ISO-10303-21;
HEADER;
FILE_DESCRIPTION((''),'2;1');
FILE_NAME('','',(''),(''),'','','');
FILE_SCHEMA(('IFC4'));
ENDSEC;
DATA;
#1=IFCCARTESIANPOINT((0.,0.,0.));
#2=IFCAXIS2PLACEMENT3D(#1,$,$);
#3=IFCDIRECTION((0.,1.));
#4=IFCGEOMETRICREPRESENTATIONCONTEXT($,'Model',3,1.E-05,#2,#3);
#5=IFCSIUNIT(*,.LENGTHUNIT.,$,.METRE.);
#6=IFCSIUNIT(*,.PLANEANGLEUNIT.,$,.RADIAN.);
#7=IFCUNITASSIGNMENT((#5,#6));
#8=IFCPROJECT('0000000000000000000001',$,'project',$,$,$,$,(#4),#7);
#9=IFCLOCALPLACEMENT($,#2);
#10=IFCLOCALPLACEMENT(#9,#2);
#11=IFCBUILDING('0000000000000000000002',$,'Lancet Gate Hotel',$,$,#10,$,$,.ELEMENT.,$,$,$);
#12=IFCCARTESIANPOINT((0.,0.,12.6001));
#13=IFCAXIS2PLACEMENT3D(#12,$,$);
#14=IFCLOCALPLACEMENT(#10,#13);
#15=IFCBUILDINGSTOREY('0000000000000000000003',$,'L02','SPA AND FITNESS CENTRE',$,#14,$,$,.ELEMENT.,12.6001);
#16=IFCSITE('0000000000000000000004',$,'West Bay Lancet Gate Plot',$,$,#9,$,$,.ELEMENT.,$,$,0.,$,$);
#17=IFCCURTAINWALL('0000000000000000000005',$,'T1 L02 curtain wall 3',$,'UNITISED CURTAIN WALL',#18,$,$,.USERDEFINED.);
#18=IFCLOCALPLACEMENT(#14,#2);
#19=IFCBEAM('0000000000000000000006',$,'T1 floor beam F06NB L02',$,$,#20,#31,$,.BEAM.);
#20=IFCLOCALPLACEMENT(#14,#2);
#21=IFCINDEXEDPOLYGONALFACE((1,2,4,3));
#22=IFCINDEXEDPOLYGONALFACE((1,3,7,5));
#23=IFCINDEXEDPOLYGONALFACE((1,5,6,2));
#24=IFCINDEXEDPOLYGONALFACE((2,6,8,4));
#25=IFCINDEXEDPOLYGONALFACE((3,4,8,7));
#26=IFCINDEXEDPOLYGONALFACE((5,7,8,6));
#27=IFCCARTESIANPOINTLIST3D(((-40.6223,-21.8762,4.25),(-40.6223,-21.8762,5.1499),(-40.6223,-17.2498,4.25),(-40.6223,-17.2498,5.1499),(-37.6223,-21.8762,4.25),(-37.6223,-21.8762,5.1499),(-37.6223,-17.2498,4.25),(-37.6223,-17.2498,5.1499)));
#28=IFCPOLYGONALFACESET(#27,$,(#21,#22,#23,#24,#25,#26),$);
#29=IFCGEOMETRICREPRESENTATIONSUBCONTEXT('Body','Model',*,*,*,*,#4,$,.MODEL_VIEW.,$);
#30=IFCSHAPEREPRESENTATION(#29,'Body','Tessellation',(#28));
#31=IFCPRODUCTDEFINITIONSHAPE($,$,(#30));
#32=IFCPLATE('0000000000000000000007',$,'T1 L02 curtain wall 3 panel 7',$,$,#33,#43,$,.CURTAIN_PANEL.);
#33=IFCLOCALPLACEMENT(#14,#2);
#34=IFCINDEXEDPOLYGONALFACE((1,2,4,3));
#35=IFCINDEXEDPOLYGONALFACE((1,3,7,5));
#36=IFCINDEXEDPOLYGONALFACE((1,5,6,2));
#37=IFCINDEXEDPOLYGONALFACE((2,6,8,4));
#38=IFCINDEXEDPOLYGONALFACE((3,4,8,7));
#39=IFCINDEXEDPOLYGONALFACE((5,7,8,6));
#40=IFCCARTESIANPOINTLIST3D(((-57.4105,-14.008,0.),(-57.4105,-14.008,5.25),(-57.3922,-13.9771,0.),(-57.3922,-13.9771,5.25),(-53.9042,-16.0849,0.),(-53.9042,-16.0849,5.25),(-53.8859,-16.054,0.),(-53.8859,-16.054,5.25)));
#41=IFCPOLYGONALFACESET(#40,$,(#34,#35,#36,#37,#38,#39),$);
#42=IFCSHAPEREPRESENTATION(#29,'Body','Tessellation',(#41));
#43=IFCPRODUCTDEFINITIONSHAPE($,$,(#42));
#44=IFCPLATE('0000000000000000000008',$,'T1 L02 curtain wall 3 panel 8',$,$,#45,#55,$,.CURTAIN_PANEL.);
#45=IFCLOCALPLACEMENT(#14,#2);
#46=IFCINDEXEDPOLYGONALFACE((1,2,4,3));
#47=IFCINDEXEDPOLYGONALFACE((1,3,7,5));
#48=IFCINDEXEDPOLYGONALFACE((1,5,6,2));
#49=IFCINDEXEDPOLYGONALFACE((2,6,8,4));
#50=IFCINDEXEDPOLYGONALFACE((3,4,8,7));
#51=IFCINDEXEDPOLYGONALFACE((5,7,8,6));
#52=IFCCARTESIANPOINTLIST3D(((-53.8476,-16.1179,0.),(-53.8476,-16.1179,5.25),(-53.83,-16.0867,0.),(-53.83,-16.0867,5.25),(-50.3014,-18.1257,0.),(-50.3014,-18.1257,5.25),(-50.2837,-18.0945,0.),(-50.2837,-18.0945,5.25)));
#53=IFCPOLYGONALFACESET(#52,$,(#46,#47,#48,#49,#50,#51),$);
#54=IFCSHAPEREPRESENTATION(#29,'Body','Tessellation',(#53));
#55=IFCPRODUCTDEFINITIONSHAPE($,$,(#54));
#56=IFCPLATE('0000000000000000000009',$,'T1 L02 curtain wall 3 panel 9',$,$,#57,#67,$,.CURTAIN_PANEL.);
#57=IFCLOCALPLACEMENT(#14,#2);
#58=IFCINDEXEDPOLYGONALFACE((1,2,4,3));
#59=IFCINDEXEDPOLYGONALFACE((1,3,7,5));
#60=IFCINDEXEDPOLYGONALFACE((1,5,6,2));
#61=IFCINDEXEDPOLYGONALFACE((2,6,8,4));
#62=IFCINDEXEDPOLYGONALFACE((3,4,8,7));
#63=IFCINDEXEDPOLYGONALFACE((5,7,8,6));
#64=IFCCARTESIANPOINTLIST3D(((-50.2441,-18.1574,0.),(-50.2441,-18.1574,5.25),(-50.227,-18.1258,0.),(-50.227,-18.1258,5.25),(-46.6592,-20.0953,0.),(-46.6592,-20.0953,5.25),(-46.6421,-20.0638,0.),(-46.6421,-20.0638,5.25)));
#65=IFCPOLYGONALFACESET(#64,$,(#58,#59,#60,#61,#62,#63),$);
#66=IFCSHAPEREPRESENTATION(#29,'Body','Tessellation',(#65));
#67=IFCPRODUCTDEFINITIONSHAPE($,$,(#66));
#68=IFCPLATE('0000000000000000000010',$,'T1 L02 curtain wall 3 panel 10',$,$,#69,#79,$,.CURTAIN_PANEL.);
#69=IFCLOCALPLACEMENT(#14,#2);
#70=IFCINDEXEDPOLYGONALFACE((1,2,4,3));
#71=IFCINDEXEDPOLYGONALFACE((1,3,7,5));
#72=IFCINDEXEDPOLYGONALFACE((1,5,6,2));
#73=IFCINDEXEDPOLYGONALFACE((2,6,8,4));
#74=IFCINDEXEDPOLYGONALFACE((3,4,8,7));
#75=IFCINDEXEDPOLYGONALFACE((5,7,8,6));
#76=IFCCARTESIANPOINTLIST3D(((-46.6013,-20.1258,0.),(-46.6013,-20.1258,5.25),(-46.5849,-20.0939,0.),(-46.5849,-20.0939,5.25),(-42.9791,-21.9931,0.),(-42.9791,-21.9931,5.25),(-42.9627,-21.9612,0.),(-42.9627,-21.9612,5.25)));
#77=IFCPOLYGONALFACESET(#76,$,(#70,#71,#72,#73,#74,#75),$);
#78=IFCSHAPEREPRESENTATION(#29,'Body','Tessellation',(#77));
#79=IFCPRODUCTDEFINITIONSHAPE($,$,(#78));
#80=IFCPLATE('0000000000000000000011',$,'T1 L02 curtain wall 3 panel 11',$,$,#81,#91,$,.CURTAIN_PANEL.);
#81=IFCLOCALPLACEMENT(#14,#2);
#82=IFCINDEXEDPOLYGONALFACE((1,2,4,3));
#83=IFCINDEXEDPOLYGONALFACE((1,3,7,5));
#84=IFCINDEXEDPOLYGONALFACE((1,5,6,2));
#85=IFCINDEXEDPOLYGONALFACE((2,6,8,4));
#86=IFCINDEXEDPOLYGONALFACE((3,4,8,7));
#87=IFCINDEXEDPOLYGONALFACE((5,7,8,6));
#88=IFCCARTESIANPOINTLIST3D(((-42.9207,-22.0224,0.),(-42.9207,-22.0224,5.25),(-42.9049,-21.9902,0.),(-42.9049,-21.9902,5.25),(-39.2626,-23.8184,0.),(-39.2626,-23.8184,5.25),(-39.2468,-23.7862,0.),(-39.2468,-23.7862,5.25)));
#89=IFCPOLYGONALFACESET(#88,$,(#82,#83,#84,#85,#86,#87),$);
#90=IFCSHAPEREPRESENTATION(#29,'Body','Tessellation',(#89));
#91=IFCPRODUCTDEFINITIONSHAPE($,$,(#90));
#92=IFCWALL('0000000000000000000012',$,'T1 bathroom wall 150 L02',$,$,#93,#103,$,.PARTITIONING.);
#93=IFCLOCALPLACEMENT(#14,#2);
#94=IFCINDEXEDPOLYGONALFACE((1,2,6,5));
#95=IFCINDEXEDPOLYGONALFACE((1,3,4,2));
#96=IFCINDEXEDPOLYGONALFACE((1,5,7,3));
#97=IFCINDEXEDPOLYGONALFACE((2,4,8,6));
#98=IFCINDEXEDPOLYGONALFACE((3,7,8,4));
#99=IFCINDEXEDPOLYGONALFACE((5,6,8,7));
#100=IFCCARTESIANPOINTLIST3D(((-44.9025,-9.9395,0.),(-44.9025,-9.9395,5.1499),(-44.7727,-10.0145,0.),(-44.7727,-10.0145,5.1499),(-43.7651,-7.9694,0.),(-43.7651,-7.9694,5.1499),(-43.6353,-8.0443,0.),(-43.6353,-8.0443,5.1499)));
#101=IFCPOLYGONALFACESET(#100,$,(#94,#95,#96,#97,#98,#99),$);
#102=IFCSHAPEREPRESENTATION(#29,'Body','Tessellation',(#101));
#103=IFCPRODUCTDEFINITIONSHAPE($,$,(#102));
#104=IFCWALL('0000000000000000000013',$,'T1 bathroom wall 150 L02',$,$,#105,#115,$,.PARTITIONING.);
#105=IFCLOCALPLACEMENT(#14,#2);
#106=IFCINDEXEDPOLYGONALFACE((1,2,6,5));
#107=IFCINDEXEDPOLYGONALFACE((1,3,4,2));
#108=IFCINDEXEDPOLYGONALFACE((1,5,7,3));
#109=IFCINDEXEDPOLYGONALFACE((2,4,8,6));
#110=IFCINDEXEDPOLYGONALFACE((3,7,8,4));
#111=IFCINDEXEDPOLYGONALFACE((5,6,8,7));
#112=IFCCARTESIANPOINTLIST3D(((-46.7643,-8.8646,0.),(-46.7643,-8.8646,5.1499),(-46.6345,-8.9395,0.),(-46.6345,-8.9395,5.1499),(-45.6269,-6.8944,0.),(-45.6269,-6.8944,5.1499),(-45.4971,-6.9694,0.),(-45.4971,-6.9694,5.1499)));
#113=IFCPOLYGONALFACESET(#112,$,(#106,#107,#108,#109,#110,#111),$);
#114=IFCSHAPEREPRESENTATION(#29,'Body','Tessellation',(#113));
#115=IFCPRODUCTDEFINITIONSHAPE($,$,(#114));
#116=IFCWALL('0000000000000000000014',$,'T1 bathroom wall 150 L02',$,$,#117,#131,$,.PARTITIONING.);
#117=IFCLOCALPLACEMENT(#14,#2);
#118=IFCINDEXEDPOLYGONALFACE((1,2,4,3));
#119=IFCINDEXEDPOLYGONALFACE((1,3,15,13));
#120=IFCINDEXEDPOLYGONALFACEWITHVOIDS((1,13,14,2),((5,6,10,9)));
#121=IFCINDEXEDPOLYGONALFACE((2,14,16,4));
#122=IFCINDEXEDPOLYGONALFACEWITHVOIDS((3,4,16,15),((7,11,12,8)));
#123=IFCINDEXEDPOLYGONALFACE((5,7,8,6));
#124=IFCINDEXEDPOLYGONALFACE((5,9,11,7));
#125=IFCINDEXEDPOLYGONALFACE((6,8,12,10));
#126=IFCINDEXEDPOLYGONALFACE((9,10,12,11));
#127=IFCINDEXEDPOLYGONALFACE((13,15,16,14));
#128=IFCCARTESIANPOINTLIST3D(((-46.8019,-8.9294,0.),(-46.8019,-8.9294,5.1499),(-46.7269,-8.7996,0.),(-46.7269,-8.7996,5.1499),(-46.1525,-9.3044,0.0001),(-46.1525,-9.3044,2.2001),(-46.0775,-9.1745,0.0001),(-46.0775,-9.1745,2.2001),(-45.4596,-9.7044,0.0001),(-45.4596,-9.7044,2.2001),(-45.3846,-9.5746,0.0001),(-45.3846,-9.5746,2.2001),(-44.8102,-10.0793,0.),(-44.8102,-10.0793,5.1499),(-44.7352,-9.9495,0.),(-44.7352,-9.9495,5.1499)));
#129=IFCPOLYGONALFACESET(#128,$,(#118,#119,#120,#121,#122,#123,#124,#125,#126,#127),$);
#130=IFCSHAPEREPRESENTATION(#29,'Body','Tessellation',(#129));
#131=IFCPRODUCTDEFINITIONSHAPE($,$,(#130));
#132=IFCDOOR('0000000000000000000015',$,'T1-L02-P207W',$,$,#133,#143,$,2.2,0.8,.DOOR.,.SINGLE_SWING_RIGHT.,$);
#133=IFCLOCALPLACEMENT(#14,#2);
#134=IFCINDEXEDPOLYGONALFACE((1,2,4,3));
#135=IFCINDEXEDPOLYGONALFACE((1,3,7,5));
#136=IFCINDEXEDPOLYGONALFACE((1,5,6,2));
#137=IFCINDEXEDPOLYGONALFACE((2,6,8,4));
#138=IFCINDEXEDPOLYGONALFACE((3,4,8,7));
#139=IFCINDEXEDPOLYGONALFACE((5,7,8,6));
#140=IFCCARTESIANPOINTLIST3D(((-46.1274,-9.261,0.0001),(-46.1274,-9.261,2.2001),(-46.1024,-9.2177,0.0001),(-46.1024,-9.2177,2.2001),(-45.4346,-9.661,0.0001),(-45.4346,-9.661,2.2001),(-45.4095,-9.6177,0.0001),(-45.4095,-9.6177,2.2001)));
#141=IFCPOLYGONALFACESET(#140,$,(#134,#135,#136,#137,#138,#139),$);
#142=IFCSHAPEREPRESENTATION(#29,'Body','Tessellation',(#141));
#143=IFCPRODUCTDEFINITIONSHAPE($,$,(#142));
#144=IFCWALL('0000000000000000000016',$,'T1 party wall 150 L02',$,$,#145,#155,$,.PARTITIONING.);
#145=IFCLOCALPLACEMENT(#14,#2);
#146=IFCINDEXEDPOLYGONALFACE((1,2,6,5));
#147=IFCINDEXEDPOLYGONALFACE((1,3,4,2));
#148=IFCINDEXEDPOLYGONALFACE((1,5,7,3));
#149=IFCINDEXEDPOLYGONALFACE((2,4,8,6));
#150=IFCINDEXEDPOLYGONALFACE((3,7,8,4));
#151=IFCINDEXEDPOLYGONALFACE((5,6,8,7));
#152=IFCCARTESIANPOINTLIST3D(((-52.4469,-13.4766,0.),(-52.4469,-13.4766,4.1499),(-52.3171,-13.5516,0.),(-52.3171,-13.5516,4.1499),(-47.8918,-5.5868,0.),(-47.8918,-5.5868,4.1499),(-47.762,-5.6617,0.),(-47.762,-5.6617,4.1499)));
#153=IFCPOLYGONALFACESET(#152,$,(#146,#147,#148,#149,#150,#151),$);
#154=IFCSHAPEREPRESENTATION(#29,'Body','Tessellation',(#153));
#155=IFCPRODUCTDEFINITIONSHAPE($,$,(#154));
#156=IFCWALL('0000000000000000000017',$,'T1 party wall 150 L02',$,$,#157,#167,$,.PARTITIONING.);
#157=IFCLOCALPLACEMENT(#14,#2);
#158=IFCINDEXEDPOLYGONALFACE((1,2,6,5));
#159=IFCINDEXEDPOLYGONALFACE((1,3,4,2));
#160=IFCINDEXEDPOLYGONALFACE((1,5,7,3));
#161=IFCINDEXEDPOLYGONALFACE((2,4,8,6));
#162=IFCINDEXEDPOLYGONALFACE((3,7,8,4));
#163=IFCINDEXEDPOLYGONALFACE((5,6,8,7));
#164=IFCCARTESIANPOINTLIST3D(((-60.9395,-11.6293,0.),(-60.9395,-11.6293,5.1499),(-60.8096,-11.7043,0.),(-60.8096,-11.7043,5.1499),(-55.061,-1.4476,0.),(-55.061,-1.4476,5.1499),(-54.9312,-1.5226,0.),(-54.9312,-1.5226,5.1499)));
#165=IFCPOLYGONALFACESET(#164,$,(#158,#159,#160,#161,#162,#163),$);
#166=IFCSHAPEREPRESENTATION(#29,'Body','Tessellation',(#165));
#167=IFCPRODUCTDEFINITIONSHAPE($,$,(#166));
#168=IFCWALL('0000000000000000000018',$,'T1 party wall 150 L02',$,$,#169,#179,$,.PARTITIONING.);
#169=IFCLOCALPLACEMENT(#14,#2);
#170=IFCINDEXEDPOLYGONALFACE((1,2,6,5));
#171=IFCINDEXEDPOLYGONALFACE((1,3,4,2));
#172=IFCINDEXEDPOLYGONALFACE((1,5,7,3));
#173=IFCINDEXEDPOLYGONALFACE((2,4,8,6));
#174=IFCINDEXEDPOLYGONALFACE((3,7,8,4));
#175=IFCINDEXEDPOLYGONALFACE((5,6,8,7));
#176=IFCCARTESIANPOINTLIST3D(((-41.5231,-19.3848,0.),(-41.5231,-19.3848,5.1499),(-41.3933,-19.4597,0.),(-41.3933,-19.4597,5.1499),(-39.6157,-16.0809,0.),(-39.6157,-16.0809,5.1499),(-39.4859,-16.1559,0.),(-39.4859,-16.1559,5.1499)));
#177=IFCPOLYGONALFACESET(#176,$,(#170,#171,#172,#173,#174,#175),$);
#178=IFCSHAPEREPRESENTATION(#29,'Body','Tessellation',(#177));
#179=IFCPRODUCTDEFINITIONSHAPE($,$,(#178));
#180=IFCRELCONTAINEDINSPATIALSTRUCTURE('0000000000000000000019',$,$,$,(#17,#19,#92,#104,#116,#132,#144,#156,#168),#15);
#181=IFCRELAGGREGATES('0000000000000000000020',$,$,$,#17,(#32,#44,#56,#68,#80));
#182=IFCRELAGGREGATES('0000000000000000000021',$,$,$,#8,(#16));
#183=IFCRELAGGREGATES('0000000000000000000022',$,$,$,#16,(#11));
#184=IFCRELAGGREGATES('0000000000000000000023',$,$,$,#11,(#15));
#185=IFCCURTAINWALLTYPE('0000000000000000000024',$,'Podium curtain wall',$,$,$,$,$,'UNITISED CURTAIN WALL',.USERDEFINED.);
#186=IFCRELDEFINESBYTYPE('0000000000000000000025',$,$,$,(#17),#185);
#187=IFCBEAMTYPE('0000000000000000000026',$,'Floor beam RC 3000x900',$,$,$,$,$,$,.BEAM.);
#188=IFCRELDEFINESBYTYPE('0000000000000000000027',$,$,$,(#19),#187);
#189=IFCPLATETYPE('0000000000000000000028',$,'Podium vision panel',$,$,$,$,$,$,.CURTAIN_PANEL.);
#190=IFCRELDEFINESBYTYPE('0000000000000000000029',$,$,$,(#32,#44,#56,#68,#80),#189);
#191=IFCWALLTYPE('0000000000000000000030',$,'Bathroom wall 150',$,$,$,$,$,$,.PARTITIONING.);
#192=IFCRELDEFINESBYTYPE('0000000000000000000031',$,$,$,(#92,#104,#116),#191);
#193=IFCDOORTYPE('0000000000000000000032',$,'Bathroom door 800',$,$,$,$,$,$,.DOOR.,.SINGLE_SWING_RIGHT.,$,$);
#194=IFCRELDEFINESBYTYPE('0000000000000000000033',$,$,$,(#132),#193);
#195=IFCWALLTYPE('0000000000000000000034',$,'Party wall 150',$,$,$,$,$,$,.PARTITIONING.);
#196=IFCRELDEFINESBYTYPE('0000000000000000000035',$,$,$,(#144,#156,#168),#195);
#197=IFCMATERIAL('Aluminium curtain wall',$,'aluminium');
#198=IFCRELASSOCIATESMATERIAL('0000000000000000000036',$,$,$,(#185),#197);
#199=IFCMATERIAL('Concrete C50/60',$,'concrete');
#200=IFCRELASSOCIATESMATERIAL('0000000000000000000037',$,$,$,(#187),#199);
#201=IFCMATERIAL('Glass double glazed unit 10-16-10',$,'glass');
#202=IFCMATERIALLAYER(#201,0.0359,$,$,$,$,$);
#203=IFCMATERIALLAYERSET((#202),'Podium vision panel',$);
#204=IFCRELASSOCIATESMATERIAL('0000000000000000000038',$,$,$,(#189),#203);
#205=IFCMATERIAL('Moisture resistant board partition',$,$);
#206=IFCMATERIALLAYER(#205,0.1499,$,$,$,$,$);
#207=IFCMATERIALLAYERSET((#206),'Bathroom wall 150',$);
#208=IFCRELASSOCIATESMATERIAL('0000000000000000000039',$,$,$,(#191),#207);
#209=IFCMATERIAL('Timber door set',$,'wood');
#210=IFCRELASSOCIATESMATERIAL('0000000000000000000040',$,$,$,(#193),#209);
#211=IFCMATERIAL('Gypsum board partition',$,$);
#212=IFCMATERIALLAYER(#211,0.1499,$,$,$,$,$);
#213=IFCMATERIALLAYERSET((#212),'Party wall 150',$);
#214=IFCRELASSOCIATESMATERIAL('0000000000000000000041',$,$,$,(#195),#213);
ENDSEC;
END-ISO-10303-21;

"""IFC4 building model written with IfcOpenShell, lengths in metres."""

from ifc_helpers import new_model, si_unit, direction, frame, frame_2d, origin, origin_2d, place, context, subcontext, project, spatial, rectangle, extrude, material, layer, layer_set, material_profile, profile_set, type_object, element, fill, aggregate, save


model = new_model("IFC4")

# Units and contexts
model_context = context("Model", 3, precision=1e-05, world=origin(), true_north=direction((0.0, 1.0)))
body_context = subcontext(model_context, "Body", "Model", "MODEL_VIEW")
ifc_project = project(units=[si_unit("LENGTHUNIT", "METRE"), si_unit("PLANEANGLEUNIT", "RADIAN")], contexts=[model_context])

# Site, building, storey
site_placement = place(None, origin())
site = spatial("IfcSite", under=ifc_project, at=site_placement, Name="West Bay Lancet Gate Plot", CompositionType="ELEMENT", RefElevation=0.0)
building_placement = place(site_placement, origin())
building = spatial("IfcBuilding", under=site, at=building_placement, Name="Lancet Gate Hotel", CompositionType="ELEMENT")
storey_placement = place(building_placement, frame((0.0, 0.0, 12.6001)))
storey = spatial("IfcBuildingStorey", under=building, at=storey_placement, Name="L02", Description="SPA AND FITNESS CENTRE", CompositionType="ELEMENT", Elevation=12.6001)

# Curtain wall
ifc_material_1 = material(Name="Aluminium curtain wall", Category="aluminium")
curtain_wall_type = type_object("IfcCurtainWallType", Name="Podium curtain wall", ElementType="UNITISED CURTAIN WALL", PredefinedType="USERDEFINED", material=ifc_material_1)
curtain_wall_placement = place(storey_placement, origin())
curtain_wall = element("IfcCurtainWall", 1, at=curtain_wall_placement, inside=storey, type_object=curtain_wall_type, Name="T1 L02 curtain wall 3", ObjectType="UNITISED CURTAIN WALL", PredefinedType="USERDEFINED")

# Beam
ifc_material_2 = material(Name="Concrete C50/60", Category="concrete")
ifc_material_profile_1 = material_profile(ifc_material_2, rectangle(XDim=3.0, YDim=0.8999, at=origin_2d()), Name="RC 3000x900")
ifc_profile_set_1 = profile_set([ifc_material_profile_1], Name="Concrete C50/60")
beam_type_1 = type_object("IfcBeamType", Name="Floor beam RC 3000x900", PredefinedType="BEAM", material=ifc_profile_set_1)
beam_1_placement = place(storey_placement, frame((-39.1223, -17.2498, 4.7), z_axis=(0.0, -1.0, 0.0), x_axis=(1.0, 0.0, 0.0)))
element("IfcBeam", 2, at=beam_1_placement, inside=storey, type_object=beam_type_1, Name="T1 floor beam F06NB L02", PredefinedType="BEAM", context=body_context, shape_type="SweptSolid", body=[
    extrude(rectangle(XDim=3.0, YDim=0.8999, at=origin_2d()), origin(), (0.0, 0.0, 1.0), 4.6265),
])

# Plates
ifc_material_3 = material(Name="Glass double glazed unit 10-16-10", Category="glass")
ifc_layer_1 = layer(ifc_material_3, 0.0359)
ifc_layer_set_1 = layer_set([ifc_layer_1], Name="Podium vision panel")
plate_type = type_object("IfcPlateType", Name="Podium vision panel", PredefinedType="CURTAIN_PANEL", material=ifc_layer_set_1)
plate_1_placement = place(storey_placement, frame((-55.6482, -15.031, 0.0), z_axis=(0.0, 0.0, 1.0), x_axis=(0.860382, -0.50965, 0.0)))
plate_1 = element("IfcPlate", 3, at=plate_1_placement, type_object=plate_type, Name="T1 L02 curtain wall 3 panel 7", PredefinedType="CURTAIN_PANEL", context=body_context, shape_type="SweptSolid", body=[
    extrude(rectangle(XDim=4.0752, YDim=0.0359, at=origin_2d()), origin(), (0.0, 0.0, 1.0), 5.25),
])
plate_2_placement = place(storey_placement, frame((-52.0657, -17.1062, 0.0), z_axis=(0.0, 0.0, 1.0), x_axis=(0.870205, -0.49269, 0.0)))
plate_2 = element("IfcPlate", 4, at=plate_2_placement, type_object=plate_type, Name="T1 L02 curtain wall 3 panel 8", PredefinedType="CURTAIN_PANEL", context=body_context, shape_type="SweptSolid", body=[
    extrude(rectangle(XDim=4.0752, YDim=0.0359, at=origin_2d()), origin(), (0.0, 0.0, 1.0), 5.25),
])
plate_3_placement = place(storey_placement, frame((-48.4431, -19.1106, 0.0), z_axis=(0.0, 0.0, 1.0), x_axis=(0.879693, -0.475541, 0.0)))
plate_3 = element("IfcPlate", 5, at=plate_3_placement, type_object=plate_type, Name="T1 L02 curtain wall 3 panel 9", PredefinedType="CURTAIN_PANEL", context=body_context, shape_type="SweptSolid", body=[
    extrude(rectangle(XDim=4.0752, YDim=0.0359, at=origin_2d()), origin(), (0.0, 0.0, 1.0), 5.25),
])
plate_4_placement = place(storey_placement, frame((-44.782, -21.0435, 0.0), z_axis=(0.0, 0.0, 1.0), x_axis=(0.888844, -0.45821, 0.0)))
plate_4 = element("IfcPlate", 6, at=plate_4_placement, type_object=plate_type, Name="T1 L02 curtain wall 3 panel 10", PredefinedType="CURTAIN_PANEL", context=body_context, shape_type="SweptSolid", body=[
    extrude(rectangle(XDim=4.0752, YDim=0.0359, at=origin_2d()), origin(), (0.0, 0.0, 1.0), 5.25),
])
plate_5_placement = place(storey_placement, frame((-41.0837, -22.9043, 0.0), z_axis=(0.0, 0.0, 1.0), x_axis=(0.897653, -0.440702, 0.0)))
plate_5 = element("IfcPlate", 7, at=plate_5_placement, type_object=plate_type, Name="T1 L02 curtain wall 3 panel 11", PredefinedType="CURTAIN_PANEL", context=body_context, shape_type="SweptSolid", body=[
    extrude(rectangle(XDim=4.0752, YDim=0.0359, at=origin_2d()), origin(), (0.0, 0.0, 1.0), 5.25),
])
aggregate(curtain_wall, [plate_1, plate_2, plate_3, plate_4, plate_5])

# Walls
ifc_material_4 = material(Name="Moisture resistant board partition")
ifc_layer_2 = layer(ifc_material_4, 0.1499)
ifc_layer_set_2 = layer_set([ifc_layer_2], Name="Bathroom wall 150")
wall_type_1 = type_object("IfcWallType", Name="Bathroom wall 150", PredefinedType="PARTITIONING", material=ifc_layer_set_2)
for number, where, z_axis, x_axis, name in (
    (8, (-43.7002, -8.0068, 0.0), (0.0, 0.0, 1.0), (-0.499983, -0.866035, 0.0), "T1 bathroom wall 150 L02"),
    (9, (-45.562, -6.9319, 0.0), (0.0, 0.0, 1.0), (-0.499983, -0.866035, 0.0), "T1 bathroom wall 150 L02"),
):
    element("IfcWall", number, at=place(storey_placement, frame(where, z_axis=z_axis, x_axis=x_axis)), inside=storey, type_object=wall_type_1, Name=name, PredefinedType="PARTITIONING", context=body_context, shape_type="SweptSolid", body=[
        extrude(rectangle(XDim=2.2749, YDim=0.1499, at=frame_2d((1.1375, 0.0))), origin(), (0.0, 0.0, 1.0), 5.1499),
    ])

# Wall, opening, door
wall_1_placement = place(storey_placement, frame((-44.7727, -10.0144, 0.0), z_axis=(0.0, 0.0, 1.0), x_axis=(-0.866026, 0.499998, 0.0)))
wall_1 = element("IfcWall", 10, at=wall_1_placement, inside=storey, type_object=wall_type_1, Name="T1 bathroom wall 150 L02", PredefinedType="PARTITIONING", context=body_context, shape_type="SweptSolid", body=[
    extrude(rectangle(XDim=2.2998, YDim=0.1499, at=frame_2d((1.1499, 0.0))), origin(), (0.0, 0.0, 1.0), 5.1499),
])
opening_placement = place(wall_1_placement, frame((0.75, 0.0, 0.0)))
opening = element("IfcOpeningElement", 11, at=opening_placement, cuts=wall_1, PredefinedType="OPENING", context=body_context, shape_type="SweptSolid", body=[
    extrude(rectangle(XDim=0.8, YDim=2.2, at=frame_2d((0.3999, 1.1001))), frame((0.0, 0.085, 0.0), z_axis=(0.0, -1.0, 0.0), x_axis=(1.0, 0.0, 0.0)), (0.0, 0.0, 1.0), 0.1699),
])
ifc_material_5 = material(Name="Timber door set", Category="wood")
door_type = type_object("IfcDoorType", Name="Bathroom door 800", OperationType="SINGLE_SWING_RIGHT", PredefinedType="DOOR", material=ifc_material_5)
door_placement = place(opening_placement, origin())
door = element("IfcDoor", 12, at=door_placement, inside=storey, type_object=door_type, Name="T1-L02-P207W", OperationType="SINGLE_SWING_RIGHT", OverallHeight=2.2, OverallWidth=0.8, PredefinedType="DOOR", context=body_context, shape_type="SweptSolid", body=[
    extrude(rectangle(XDim=0.8, YDim=2.2, at=frame_2d((0.3999, 1.1001))), frame((0.0, 0.0249, 0.0), z_axis=(0.0, -1.0, 0.0), x_axis=(1.0, 0.0, 0.0)), (0.0, 0.0, 1.0), 0.05),
])
fill(opening, door)

# Walls
ifc_material_6 = material(Name="Gypsum board partition")
ifc_layer_3 = layer(ifc_material_6, 0.1499)
ifc_layer_set_3 = layer_set([ifc_layer_3], Name="Party wall 150")
wall_type_2 = type_object("IfcWallType", Name="Party wall 150", PredefinedType="PARTITIONING", material=ifc_layer_set_3)
wall_2_placement = place(storey_placement, frame((-47.8269, -5.6243, 0.0), z_axis=(0.0, 0.0, 1.0), x_axis=(-0.499995, -0.866028, 0.0)))
element("IfcWall", 13, at=wall_2_placement, inside=storey, type_object=wall_type_2, Name="T1 party wall 150 L02", PredefinedType="PARTITIONING", context=body_context, shape_type="SweptSolid", body=[
    extrude(rectangle(XDim=9.1104, YDim=0.1499, at=frame_2d((4.5552, 0.0))), origin(), (0.0, 0.0, 1.0), 4.1499),
])
wall_3_placement = place(storey_placement, frame((-54.9961, -1.4851, 0.0), z_axis=(0.0, 0.0, 1.0), x_axis=(-0.500003, -0.866024, 0.0)))
element("IfcWall", 14, at=wall_3_placement, inside=storey, type_object=wall_type_2, Name="T1 party wall 150 L02", PredefinedType="PARTITIONING", context=body_context, shape_type="SweptSolid", body=[
    extrude(rectangle(XDim=11.7568, YDim=0.1499, at=frame_2d((5.8784, 0.0))), origin(), (0.0, 0.0, 1.0), 5.1499),
])
wall_4_placement = place(storey_placement, frame((-39.5508, -16.1184, 0.0), z_axis=(0.0, 0.0, 1.0), x_axis=(-0.499987, -0.866033, 0.0)))
element("IfcWall", 15, at=wall_4_placement, inside=storey, type_object=wall_type_2, Name="T1 party wall 150 L02", PredefinedType="PARTITIONING", context=body_context, shape_type="SweptSolid", body=[
    extrude(rectangle(XDim=3.8149, YDim=0.1499, at=frame_2d((1.9075, 0.0))), origin(), (0.0, 0.0, 1.0), 5.1499),
])

save(model, "model.ifc")
